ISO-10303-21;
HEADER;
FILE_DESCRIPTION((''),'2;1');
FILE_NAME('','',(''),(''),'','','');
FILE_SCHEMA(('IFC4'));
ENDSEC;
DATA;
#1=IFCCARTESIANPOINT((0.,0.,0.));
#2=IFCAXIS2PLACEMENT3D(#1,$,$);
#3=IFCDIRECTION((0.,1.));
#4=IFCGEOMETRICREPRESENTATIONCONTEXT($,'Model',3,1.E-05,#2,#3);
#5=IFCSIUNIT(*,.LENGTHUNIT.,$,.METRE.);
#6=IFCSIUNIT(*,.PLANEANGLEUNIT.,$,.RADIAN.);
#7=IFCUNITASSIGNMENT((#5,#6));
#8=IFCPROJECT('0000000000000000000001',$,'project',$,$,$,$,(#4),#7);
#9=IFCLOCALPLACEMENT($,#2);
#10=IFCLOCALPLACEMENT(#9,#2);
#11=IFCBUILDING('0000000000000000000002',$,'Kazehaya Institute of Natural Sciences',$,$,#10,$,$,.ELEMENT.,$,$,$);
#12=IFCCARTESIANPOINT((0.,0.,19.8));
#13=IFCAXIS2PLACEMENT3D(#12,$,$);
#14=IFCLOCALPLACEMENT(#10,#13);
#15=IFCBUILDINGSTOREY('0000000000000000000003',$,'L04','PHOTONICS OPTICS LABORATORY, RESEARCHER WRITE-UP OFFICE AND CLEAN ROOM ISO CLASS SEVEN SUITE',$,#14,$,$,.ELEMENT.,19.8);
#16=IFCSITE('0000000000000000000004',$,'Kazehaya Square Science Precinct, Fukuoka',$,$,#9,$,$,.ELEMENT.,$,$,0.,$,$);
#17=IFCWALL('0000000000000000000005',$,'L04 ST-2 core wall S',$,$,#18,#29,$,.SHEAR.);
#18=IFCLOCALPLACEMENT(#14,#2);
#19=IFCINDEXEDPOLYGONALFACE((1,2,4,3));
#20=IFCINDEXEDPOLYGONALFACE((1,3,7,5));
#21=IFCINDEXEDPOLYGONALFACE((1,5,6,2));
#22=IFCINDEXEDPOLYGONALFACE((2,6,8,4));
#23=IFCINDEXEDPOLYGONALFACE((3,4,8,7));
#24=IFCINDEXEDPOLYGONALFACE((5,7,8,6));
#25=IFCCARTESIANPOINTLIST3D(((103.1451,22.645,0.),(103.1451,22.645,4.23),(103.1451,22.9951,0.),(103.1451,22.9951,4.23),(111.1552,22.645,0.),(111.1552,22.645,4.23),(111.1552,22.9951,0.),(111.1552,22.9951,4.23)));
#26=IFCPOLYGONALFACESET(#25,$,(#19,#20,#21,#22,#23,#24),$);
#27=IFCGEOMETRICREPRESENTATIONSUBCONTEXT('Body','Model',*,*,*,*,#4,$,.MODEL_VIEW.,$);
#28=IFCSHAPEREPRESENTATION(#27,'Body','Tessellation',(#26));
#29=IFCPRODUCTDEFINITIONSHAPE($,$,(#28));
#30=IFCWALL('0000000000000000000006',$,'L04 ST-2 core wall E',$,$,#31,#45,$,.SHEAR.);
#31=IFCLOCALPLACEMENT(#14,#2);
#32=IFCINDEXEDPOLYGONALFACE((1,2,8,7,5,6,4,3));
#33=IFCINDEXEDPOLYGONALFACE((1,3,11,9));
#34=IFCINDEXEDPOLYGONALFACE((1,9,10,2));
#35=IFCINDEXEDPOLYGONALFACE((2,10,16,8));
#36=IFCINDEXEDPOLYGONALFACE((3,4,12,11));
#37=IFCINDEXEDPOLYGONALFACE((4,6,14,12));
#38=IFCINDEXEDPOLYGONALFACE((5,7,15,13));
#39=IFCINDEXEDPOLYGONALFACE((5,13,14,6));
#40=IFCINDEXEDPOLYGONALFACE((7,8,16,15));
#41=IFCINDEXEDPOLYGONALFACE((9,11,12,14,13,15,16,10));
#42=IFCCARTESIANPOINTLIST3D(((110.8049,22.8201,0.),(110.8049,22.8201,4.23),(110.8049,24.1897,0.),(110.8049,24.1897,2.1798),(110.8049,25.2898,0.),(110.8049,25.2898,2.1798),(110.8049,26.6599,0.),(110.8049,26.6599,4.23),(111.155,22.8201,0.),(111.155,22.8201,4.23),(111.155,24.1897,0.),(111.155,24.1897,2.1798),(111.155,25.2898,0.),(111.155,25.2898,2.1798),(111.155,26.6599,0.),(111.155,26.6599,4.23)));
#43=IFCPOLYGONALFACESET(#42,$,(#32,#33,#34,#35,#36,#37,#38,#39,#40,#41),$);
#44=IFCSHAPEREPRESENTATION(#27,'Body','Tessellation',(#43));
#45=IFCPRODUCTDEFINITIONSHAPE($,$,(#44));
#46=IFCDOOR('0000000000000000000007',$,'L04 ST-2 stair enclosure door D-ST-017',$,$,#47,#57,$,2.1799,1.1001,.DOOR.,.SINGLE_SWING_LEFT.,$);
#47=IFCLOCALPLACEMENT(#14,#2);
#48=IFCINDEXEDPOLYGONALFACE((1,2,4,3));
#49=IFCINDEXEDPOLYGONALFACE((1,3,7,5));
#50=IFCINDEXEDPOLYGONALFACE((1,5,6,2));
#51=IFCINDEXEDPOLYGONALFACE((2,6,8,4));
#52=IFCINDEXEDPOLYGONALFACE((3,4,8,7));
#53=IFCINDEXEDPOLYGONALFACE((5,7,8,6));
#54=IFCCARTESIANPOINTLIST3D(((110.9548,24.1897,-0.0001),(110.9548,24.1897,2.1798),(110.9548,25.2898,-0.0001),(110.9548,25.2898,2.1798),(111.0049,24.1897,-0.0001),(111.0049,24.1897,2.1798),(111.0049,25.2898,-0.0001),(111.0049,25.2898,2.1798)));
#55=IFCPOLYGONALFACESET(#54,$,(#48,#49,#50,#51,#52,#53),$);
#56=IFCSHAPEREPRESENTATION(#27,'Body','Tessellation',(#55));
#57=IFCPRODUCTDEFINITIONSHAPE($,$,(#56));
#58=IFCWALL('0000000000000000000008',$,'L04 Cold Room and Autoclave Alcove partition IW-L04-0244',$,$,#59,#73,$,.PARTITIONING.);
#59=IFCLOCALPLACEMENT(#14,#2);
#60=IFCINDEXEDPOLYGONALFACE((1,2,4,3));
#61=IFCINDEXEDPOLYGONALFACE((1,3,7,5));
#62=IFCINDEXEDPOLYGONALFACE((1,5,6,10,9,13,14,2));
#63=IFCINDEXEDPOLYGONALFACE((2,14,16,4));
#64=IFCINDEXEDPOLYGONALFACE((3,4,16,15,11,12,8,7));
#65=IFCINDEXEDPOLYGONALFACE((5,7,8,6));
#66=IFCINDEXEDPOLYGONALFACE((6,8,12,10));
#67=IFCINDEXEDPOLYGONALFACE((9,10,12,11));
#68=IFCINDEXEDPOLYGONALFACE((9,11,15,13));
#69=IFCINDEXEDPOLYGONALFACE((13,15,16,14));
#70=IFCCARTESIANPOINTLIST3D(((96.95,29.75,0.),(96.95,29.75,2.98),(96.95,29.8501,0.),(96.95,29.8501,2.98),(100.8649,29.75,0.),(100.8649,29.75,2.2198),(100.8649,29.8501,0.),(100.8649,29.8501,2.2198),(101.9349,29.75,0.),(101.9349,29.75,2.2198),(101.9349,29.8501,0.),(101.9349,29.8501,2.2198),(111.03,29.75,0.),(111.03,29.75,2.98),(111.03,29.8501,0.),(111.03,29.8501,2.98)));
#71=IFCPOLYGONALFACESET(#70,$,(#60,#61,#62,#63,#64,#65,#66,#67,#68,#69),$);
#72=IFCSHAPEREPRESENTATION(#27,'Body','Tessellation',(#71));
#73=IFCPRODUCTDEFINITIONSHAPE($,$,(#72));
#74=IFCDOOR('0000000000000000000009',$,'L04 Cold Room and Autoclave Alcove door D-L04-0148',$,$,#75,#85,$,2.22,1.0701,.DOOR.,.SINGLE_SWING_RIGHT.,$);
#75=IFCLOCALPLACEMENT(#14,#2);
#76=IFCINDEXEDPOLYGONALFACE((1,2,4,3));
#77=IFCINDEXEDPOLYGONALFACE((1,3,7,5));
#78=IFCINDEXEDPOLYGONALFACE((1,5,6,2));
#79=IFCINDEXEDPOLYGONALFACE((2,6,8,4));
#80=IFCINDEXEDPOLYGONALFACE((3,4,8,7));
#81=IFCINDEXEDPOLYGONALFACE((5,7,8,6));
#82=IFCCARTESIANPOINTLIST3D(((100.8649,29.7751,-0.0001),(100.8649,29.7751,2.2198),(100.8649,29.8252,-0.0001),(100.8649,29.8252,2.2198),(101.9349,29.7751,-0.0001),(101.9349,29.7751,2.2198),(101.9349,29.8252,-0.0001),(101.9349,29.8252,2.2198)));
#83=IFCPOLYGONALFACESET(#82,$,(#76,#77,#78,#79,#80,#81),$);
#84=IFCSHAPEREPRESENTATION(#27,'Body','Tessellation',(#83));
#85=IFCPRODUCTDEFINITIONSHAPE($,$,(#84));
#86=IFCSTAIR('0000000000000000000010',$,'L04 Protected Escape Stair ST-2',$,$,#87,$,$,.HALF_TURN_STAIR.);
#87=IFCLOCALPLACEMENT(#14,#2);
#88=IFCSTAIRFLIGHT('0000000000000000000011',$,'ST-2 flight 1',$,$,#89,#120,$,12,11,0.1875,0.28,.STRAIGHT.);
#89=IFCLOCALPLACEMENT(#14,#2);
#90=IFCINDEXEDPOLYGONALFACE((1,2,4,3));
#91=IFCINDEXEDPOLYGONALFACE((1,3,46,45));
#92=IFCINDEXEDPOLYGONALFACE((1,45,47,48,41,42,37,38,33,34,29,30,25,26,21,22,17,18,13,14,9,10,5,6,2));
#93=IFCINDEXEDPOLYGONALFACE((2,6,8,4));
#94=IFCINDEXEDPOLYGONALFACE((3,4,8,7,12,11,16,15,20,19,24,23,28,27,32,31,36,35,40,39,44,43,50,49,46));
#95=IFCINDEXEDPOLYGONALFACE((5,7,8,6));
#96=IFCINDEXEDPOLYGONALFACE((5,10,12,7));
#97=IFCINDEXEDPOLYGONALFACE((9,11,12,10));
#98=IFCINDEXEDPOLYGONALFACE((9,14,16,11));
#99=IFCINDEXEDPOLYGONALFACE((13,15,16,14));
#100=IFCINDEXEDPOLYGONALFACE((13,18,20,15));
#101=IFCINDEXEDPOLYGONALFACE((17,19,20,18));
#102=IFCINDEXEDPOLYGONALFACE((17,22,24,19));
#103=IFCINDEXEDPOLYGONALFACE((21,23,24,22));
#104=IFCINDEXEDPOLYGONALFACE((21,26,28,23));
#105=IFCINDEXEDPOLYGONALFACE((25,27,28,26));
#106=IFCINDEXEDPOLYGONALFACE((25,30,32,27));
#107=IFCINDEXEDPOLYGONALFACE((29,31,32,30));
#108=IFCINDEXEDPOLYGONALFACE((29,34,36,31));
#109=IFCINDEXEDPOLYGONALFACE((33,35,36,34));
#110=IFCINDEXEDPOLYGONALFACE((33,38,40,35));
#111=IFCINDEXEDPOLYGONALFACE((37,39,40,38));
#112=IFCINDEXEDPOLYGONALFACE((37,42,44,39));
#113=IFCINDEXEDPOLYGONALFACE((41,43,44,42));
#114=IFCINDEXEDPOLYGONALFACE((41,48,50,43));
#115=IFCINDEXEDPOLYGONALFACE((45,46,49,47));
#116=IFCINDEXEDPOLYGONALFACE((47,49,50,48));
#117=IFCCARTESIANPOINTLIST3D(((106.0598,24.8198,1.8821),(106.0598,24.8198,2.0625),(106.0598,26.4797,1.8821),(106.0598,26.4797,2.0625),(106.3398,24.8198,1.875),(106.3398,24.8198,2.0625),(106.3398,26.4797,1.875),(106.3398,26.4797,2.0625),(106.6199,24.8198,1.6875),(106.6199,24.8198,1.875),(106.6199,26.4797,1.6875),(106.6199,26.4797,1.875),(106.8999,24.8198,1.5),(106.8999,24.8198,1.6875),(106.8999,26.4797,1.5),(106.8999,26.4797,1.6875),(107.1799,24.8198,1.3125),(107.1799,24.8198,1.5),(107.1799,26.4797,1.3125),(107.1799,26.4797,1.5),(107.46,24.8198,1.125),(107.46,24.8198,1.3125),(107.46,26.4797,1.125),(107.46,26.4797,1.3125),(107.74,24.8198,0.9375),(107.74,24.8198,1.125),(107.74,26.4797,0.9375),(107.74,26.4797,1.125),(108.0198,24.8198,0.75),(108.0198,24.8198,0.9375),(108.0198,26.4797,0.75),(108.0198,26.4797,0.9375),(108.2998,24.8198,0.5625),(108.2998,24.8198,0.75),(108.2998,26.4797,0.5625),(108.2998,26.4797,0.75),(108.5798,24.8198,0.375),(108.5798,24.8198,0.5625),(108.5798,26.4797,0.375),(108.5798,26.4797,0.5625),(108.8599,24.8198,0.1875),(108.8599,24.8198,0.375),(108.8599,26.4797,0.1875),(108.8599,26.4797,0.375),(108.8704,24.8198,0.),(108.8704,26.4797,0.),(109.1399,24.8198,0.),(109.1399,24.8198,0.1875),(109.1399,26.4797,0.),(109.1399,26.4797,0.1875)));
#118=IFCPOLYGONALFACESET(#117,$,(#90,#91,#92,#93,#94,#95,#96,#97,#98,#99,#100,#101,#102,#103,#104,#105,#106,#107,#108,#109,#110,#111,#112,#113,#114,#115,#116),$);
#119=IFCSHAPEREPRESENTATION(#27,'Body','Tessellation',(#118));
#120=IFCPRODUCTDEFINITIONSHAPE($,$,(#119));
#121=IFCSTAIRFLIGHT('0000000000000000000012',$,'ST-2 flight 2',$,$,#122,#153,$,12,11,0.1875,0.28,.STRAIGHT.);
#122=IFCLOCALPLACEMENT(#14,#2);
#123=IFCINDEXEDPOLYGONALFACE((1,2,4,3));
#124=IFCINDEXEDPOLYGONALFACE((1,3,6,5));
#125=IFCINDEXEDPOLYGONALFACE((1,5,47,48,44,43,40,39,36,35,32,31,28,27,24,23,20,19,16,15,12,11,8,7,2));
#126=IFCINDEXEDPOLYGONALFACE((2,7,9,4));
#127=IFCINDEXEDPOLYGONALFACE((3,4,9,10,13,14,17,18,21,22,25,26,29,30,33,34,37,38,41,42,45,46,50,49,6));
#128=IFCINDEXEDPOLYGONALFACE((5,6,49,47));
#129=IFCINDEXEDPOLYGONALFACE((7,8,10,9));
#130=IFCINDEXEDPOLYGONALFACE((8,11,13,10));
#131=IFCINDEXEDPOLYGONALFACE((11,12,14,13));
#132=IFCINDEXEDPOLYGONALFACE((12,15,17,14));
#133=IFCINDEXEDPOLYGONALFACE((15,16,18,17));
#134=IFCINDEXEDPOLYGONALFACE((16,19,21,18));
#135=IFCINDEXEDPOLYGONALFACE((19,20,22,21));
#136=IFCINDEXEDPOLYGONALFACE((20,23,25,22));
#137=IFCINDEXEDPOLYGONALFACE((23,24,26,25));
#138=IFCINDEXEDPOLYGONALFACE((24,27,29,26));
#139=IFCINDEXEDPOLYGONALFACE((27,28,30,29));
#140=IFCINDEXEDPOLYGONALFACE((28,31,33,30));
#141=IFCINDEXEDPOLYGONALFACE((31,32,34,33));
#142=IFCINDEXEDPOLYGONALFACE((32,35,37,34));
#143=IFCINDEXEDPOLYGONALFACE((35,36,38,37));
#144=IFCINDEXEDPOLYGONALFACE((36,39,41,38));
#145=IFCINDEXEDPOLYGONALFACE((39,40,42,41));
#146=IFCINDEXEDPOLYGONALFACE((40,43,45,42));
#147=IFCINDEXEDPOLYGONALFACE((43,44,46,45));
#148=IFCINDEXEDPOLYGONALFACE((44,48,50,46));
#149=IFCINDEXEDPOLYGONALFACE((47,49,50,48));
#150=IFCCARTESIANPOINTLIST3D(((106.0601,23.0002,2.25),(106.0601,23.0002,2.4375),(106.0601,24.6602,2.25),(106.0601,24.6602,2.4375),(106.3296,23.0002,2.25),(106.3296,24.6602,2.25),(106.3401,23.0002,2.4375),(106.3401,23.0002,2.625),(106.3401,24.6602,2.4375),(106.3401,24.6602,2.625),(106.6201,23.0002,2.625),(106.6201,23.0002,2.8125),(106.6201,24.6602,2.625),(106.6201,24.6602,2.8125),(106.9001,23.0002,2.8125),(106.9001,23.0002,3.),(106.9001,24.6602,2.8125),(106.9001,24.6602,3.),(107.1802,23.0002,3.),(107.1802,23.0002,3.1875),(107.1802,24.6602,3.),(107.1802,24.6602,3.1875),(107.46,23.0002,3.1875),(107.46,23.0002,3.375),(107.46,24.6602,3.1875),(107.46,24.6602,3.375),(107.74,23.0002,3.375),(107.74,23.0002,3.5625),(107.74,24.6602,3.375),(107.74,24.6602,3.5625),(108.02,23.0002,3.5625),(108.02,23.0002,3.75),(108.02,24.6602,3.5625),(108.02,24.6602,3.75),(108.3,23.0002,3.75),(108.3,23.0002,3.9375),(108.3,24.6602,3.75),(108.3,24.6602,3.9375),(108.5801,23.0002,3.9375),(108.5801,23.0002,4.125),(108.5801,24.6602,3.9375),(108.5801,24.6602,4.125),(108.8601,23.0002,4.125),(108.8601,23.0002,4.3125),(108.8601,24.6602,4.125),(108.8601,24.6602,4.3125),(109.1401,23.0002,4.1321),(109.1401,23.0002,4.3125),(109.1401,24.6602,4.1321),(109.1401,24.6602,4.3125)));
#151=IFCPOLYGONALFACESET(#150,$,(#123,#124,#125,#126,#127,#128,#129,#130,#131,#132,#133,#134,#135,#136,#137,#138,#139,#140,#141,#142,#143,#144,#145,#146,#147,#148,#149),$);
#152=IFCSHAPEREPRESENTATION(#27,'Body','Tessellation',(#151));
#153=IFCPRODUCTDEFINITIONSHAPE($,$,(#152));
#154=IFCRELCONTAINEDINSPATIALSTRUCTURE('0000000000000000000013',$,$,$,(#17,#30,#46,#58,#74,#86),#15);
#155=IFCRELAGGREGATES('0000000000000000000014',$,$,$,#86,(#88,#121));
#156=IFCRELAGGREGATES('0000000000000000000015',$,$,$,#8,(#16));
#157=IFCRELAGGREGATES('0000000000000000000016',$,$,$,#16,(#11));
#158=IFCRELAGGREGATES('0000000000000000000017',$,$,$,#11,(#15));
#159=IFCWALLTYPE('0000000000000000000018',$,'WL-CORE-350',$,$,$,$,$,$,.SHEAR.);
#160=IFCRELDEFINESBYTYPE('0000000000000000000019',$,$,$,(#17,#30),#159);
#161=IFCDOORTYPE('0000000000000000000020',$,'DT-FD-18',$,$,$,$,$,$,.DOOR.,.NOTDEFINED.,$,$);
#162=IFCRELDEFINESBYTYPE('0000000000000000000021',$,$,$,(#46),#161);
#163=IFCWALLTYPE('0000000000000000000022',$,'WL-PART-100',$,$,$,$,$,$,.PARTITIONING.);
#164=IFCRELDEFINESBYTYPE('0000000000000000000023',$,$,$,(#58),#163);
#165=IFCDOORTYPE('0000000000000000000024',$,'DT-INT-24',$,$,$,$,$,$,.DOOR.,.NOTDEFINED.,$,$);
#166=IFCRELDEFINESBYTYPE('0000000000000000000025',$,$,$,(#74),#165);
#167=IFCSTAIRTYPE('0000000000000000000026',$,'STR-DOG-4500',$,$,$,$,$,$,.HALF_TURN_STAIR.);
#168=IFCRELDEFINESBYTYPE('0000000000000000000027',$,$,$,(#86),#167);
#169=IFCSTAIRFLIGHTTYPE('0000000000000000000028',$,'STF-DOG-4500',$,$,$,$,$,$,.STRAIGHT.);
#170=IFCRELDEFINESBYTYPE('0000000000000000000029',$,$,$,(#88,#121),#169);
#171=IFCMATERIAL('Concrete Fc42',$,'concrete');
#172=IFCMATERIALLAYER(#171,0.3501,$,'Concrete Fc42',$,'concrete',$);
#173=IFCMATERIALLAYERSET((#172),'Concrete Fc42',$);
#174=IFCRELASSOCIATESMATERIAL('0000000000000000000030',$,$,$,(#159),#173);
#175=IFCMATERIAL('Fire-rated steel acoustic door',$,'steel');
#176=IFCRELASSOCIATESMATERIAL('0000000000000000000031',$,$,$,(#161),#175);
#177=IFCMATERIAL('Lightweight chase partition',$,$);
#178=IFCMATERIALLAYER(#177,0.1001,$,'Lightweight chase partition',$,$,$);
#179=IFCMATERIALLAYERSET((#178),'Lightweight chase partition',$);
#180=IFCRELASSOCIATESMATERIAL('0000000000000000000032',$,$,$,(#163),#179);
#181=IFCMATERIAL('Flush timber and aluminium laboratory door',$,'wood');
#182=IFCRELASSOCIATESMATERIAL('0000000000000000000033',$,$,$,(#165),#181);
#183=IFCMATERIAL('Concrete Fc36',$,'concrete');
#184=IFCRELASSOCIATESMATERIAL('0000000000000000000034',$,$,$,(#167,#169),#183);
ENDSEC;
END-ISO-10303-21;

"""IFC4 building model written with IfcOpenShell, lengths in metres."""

from ifc_helpers import new_model, si_unit, direction, frame, frame_2d, origin, place, context, subcontext, project, spatial, polyline, rectangle, outline, extrude, material, layer, layer_set, type_object, element, fill, aggregate, save


model = new_model("IFC4")

# Units and contexts
model_context = context("Model", 3, precision=1e-05, world=origin(), true_north=direction((0.0, 1.0)))
body_context = subcontext(model_context, "Body", "Model", "MODEL_VIEW")
ifc_project = project(units=[si_unit("LENGTHUNIT", "METRE"), si_unit("PLANEANGLEUNIT", "RADIAN")], contexts=[model_context])

# Site, building, storey
site_placement = place(None, origin())
site = spatial("IfcSite", under=ifc_project, at=site_placement, Name="Kazehaya Square Science Precinct, Fukuoka", CompositionType="ELEMENT", RefElevation=0.0)
building_placement = place(site_placement, origin())
building = spatial("IfcBuilding", under=site, at=building_placement, Name="Kazehaya Institute of Natural Sciences", CompositionType="ELEMENT")
storey_placement = place(building_placement, frame((0.0, 0.0, 19.8)))
storey = spatial("IfcBuildingStorey", under=building, at=storey_placement, Name="L04", Description="PHOTONICS OPTICS LABORATORY, RESEARCHER WRITE-UP OFFICE AND CLEAN ROOM ISO CLASS SEVEN SUITE", CompositionType="ELEMENT", Elevation=19.8)

# Shared definitions
ifc_material_1 = material(Name="Concrete Fc42", Category="concrete")

# Shared definitions
ifc_material_2 = material(Name="Concrete Fc36", Category="concrete")

# Wall
ifc_layer_1 = layer(ifc_material_1, 0.3501, Name="Concrete Fc42", Category="concrete")
ifc_layer_set_1 = layer_set([ifc_layer_1], Name="Concrete Fc42")
wall_type_1 = type_object("IfcWallType", Name="WL-CORE-350", PredefinedType="SHEAR", material=ifc_layer_set_1)
wall_1_placement = place(storey_placement, frame((111.155, 22.8201, 0.0), z_axis=(0.0, 0.0, 1.0), x_axis=(-1.0, 0.0, 0.0)))
element("IfcWall", 1, at=wall_1_placement, inside=storey, type_object=wall_type_1, Name="L04 ST-2 core wall S", PredefinedType="SHEAR", context=body_context, shape_type="SweptSolid", body=[
    extrude(rectangle(XDim=8.01, YDim=0.3501, at=frame_2d((4.0049, 0.0))), origin(), (0.0, 0.0, 1.0), 4.23),
])

# Walls, openings, doors
wall_2_placement = place(storey_placement, frame((110.98, 26.6599, 0.0), z_axis=(0.0, 0.0, 1.0), x_axis=(0.0, -1.0, 0.0)))
wall_2 = element("IfcWall", 2, at=wall_2_placement, inside=storey, type_object=wall_type_1, Name="L04 ST-2 core wall E", PredefinedType="SHEAR", context=body_context, shape_type="SweptSolid", body=[
    extrude(rectangle(XDim=3.8398, YDim=0.3501, at=frame_2d((1.9199, 0.0))), origin(), (0.0, 0.0, 1.0), 4.23),
])
opening_1_placement = place(wall_2_placement, frame((1.3701, 0.0, 0.0)))
opening_1 = element("IfcOpeningElement", 3, at=opening_1_placement, cuts=wall_2, PredefinedType="OPENING", context=body_context, shape_type="SweptSolid", body=[
    extrude(rectangle(XDim=1.1001, YDim=2.1799, at=frame_2d((0.55, 1.0898))), frame((0.0, 0.1851, 0.0), z_axis=(0.0, -1.0, 0.0), x_axis=(1.0, 0.0, 0.0)), (0.0, 0.0, 1.0), 0.3701),
])
ifc_material_3 = material(Name="Fire-rated steel acoustic door", Category="steel")
door_type_1 = type_object("IfcDoorType", Name="DT-FD-18", OperationType="NOTDEFINED", PredefinedType="DOOR", material=ifc_material_3)
door_1_placement = place(opening_1_placement, origin())
door_1 = element("IfcDoor", 4, at=door_1_placement, inside=storey, type_object=door_type_1, Name="L04 ST-2 stair enclosure door D-ST-017", OperationType="SINGLE_SWING_LEFT", OverallHeight=2.1799, OverallWidth=1.1001, PredefinedType="DOOR", context=body_context, shape_type="SweptSolid", body=[
    extrude(rectangle(XDim=1.1001, YDim=2.1799, at=frame_2d((0.55, 1.0898))), frame((0.0, 0.0249, 0.0), z_axis=(0.0, -1.0, 0.0), x_axis=(1.0, 0.0, 0.0)), (0.0, 0.0, 1.0), 0.05),
])
fill(opening_1, door_1)
ifc_material_4 = material(Name="Lightweight chase partition")
ifc_layer_2 = layer(ifc_material_4, 0.1001, Name="Lightweight chase partition")
ifc_layer_set_2 = layer_set([ifc_layer_2], Name="Lightweight chase partition")
wall_type_2 = type_object("IfcWallType", Name="WL-PART-100", PredefinedType="PARTITIONING", material=ifc_layer_set_2)
wall_3_placement = place(storey_placement, frame((111.03, 29.8, 0.0), z_axis=(0.0, 0.0, 1.0), x_axis=(-1.0, 0.0, 0.0)))
wall_3 = element("IfcWall", 5, at=wall_3_placement, inside=storey, type_object=wall_type_2, Name="L04 Cold Room and Autoclave Alcove partition IW-L04-0244", PredefinedType="PARTITIONING", context=body_context, shape_type="SweptSolid", body=[
    extrude(rectangle(XDim=14.0801, YDim=0.1001, at=frame_2d((7.04, 0.0))), origin(), (0.0, 0.0, 1.0), 2.98),
])
opening_2_placement = place(wall_3_placement, frame((9.095, 0.0, 0.0)))
opening_2 = element("IfcOpeningElement", 6, at=opening_2_placement, cuts=wall_3, PredefinedType="OPENING", context=body_context, shape_type="SweptSolid", body=[
    extrude(rectangle(XDim=1.0701, YDim=2.22, at=frame_2d((0.5352, 1.1099))), frame((0.0, 0.0601, 0.0), z_axis=(0.0, -1.0, 0.0), x_axis=(1.0, 0.0, 0.0)), (0.0, 0.0, 1.0), 0.1201),
])
ifc_material_5 = material(Name="Flush timber and aluminium laboratory door", Category="wood")
door_type_2 = type_object("IfcDoorType", Name="DT-INT-24", OperationType="NOTDEFINED", PredefinedType="DOOR", material=ifc_material_5)
door_2_placement = place(opening_2_placement, origin())
door_2 = element("IfcDoor", 7, at=door_2_placement, inside=storey, type_object=door_type_2, Name="L04 Cold Room and Autoclave Alcove door D-L04-0148", OperationType="SINGLE_SWING_RIGHT", OverallHeight=2.22, OverallWidth=1.0701, PredefinedType="DOOR", context=body_context, shape_type="SweptSolid", body=[
    extrude(rectangle(XDim=1.0701, YDim=2.22, at=frame_2d((0.5352, 1.1099))), frame((0.0, 0.0249, 0.0), z_axis=(0.0, -1.0, 0.0), x_axis=(1.0, 0.0, 0.0)), (0.0, 0.0, 1.0), 0.05),
])
fill(opening_2, door_2)

# Stair, stair flights
stair_type = type_object("IfcStairType", Name="STR-DOG-4500", PredefinedType="HALF_TURN_STAIR", material=ifc_material_2)
stair_placement = place(storey_placement, origin())
stair = element("IfcStair", 8, at=stair_placement, inside=storey, type_object=stair_type, Name="L04 Protected Escape Stair ST-2", PredefinedType="HALF_TURN_STAIR")
stair_flight_type = type_object("IfcStairFlightType", Name="STF-DOG-4500", PredefinedType="STRAIGHT", material=ifc_material_2)
stair_flight_1_placement = place(storey_placement, frame((109.1399, 25.6499, 0.0), z_axis=(0.0, 0.0, 1.0), x_axis=(-1.0, 0.0, 0.0)))
stair_flight_1 = element("IfcStairFlight", 9, at=stair_flight_1_placement, type_object=stair_flight_type, Name="ST-2 flight 1", NumberOfRisers=12, NumberOfTreads=11, PredefinedType="STRAIGHT", RiserHeight=0.1875, TreadLength=0.28, context=body_context, shape_type="SweptSolid", body=[
    extrude(outline(polyline([(0.0, 0.0), (0.0, 0.1875), (0.28, 0.1875), (0.28, 0.375), (0.5601, 0.375), (0.5601, 0.5625), (0.8401, 0.5625), (0.8401, 0.75), (1.1201, 0.75), (1.1201, 0.9375), (1.3999, 0.9375), (1.3999, 1.125), (1.6799, 1.125), (1.6799, 1.3125), (1.96, 1.3125), (1.96, 1.5), (2.24, 1.5), (2.24, 1.6875), (2.52, 1.6875), (2.52, 1.875), (2.8, 1.875), (2.8, 2.0625), (3.0801, 2.0625), (3.0801, 2.25), (3.0801, 1.8821), (0.2695, 0.0), (0.0, 0.0)])), frame((0.0, 0.8301, 0.0), z_axis=(0.0, -1.0, 0.0), x_axis=(1.0, 0.0, 0.0)), (0.0, 0.0, 1.0), 1.6599),
])
stair_flight_2_placement = place(storey_placement, frame((106.0601, 23.8301, 2.25), z_axis=(0.0, 0.0, 1.0), x_axis=(1.0, 0.0, 0.0)))
stair_flight_2 = element("IfcStairFlight", 10, at=stair_flight_2_placement, type_object=stair_flight_type, Name="ST-2 flight 2", NumberOfRisers=12, NumberOfTreads=11, PredefinedType="STRAIGHT", RiserHeight=0.1875, TreadLength=0.28, context=body_context, shape_type="SweptSolid", body=[
    extrude(outline(polyline([(0.0, 0.0), (0.0, 0.1875), (0.28, 0.1875), (0.28, 0.375), (0.5601, 0.375), (0.5601, 0.5625), (0.8401, 0.5625), (0.8401, 0.75), (1.1201, 0.75), (1.1201, 0.9375), (1.3999, 0.9375), (1.3999, 1.125), (1.6799, 1.125), (1.6799, 1.3125), (1.96, 1.3125), (1.96, 1.5), (2.24, 1.5), (2.24, 1.6875), (2.52, 1.6875), (2.52, 1.875), (2.8, 1.875), (2.8, 2.0625), (3.0801, 2.0625), (3.0801, 2.25), (3.0801, 1.8821), (0.2695, 0.0), (0.0, 0.0)])), frame((0.0, 0.8301, 0.0), z_axis=(0.0, -1.0, 0.0), x_axis=(1.0, 0.0, 0.0)), (0.0, 0.0, 1.0), 1.6599),
])
aggregate(stair, [stair_flight_1, stair_flight_2])

save(model, "model.ifc")
